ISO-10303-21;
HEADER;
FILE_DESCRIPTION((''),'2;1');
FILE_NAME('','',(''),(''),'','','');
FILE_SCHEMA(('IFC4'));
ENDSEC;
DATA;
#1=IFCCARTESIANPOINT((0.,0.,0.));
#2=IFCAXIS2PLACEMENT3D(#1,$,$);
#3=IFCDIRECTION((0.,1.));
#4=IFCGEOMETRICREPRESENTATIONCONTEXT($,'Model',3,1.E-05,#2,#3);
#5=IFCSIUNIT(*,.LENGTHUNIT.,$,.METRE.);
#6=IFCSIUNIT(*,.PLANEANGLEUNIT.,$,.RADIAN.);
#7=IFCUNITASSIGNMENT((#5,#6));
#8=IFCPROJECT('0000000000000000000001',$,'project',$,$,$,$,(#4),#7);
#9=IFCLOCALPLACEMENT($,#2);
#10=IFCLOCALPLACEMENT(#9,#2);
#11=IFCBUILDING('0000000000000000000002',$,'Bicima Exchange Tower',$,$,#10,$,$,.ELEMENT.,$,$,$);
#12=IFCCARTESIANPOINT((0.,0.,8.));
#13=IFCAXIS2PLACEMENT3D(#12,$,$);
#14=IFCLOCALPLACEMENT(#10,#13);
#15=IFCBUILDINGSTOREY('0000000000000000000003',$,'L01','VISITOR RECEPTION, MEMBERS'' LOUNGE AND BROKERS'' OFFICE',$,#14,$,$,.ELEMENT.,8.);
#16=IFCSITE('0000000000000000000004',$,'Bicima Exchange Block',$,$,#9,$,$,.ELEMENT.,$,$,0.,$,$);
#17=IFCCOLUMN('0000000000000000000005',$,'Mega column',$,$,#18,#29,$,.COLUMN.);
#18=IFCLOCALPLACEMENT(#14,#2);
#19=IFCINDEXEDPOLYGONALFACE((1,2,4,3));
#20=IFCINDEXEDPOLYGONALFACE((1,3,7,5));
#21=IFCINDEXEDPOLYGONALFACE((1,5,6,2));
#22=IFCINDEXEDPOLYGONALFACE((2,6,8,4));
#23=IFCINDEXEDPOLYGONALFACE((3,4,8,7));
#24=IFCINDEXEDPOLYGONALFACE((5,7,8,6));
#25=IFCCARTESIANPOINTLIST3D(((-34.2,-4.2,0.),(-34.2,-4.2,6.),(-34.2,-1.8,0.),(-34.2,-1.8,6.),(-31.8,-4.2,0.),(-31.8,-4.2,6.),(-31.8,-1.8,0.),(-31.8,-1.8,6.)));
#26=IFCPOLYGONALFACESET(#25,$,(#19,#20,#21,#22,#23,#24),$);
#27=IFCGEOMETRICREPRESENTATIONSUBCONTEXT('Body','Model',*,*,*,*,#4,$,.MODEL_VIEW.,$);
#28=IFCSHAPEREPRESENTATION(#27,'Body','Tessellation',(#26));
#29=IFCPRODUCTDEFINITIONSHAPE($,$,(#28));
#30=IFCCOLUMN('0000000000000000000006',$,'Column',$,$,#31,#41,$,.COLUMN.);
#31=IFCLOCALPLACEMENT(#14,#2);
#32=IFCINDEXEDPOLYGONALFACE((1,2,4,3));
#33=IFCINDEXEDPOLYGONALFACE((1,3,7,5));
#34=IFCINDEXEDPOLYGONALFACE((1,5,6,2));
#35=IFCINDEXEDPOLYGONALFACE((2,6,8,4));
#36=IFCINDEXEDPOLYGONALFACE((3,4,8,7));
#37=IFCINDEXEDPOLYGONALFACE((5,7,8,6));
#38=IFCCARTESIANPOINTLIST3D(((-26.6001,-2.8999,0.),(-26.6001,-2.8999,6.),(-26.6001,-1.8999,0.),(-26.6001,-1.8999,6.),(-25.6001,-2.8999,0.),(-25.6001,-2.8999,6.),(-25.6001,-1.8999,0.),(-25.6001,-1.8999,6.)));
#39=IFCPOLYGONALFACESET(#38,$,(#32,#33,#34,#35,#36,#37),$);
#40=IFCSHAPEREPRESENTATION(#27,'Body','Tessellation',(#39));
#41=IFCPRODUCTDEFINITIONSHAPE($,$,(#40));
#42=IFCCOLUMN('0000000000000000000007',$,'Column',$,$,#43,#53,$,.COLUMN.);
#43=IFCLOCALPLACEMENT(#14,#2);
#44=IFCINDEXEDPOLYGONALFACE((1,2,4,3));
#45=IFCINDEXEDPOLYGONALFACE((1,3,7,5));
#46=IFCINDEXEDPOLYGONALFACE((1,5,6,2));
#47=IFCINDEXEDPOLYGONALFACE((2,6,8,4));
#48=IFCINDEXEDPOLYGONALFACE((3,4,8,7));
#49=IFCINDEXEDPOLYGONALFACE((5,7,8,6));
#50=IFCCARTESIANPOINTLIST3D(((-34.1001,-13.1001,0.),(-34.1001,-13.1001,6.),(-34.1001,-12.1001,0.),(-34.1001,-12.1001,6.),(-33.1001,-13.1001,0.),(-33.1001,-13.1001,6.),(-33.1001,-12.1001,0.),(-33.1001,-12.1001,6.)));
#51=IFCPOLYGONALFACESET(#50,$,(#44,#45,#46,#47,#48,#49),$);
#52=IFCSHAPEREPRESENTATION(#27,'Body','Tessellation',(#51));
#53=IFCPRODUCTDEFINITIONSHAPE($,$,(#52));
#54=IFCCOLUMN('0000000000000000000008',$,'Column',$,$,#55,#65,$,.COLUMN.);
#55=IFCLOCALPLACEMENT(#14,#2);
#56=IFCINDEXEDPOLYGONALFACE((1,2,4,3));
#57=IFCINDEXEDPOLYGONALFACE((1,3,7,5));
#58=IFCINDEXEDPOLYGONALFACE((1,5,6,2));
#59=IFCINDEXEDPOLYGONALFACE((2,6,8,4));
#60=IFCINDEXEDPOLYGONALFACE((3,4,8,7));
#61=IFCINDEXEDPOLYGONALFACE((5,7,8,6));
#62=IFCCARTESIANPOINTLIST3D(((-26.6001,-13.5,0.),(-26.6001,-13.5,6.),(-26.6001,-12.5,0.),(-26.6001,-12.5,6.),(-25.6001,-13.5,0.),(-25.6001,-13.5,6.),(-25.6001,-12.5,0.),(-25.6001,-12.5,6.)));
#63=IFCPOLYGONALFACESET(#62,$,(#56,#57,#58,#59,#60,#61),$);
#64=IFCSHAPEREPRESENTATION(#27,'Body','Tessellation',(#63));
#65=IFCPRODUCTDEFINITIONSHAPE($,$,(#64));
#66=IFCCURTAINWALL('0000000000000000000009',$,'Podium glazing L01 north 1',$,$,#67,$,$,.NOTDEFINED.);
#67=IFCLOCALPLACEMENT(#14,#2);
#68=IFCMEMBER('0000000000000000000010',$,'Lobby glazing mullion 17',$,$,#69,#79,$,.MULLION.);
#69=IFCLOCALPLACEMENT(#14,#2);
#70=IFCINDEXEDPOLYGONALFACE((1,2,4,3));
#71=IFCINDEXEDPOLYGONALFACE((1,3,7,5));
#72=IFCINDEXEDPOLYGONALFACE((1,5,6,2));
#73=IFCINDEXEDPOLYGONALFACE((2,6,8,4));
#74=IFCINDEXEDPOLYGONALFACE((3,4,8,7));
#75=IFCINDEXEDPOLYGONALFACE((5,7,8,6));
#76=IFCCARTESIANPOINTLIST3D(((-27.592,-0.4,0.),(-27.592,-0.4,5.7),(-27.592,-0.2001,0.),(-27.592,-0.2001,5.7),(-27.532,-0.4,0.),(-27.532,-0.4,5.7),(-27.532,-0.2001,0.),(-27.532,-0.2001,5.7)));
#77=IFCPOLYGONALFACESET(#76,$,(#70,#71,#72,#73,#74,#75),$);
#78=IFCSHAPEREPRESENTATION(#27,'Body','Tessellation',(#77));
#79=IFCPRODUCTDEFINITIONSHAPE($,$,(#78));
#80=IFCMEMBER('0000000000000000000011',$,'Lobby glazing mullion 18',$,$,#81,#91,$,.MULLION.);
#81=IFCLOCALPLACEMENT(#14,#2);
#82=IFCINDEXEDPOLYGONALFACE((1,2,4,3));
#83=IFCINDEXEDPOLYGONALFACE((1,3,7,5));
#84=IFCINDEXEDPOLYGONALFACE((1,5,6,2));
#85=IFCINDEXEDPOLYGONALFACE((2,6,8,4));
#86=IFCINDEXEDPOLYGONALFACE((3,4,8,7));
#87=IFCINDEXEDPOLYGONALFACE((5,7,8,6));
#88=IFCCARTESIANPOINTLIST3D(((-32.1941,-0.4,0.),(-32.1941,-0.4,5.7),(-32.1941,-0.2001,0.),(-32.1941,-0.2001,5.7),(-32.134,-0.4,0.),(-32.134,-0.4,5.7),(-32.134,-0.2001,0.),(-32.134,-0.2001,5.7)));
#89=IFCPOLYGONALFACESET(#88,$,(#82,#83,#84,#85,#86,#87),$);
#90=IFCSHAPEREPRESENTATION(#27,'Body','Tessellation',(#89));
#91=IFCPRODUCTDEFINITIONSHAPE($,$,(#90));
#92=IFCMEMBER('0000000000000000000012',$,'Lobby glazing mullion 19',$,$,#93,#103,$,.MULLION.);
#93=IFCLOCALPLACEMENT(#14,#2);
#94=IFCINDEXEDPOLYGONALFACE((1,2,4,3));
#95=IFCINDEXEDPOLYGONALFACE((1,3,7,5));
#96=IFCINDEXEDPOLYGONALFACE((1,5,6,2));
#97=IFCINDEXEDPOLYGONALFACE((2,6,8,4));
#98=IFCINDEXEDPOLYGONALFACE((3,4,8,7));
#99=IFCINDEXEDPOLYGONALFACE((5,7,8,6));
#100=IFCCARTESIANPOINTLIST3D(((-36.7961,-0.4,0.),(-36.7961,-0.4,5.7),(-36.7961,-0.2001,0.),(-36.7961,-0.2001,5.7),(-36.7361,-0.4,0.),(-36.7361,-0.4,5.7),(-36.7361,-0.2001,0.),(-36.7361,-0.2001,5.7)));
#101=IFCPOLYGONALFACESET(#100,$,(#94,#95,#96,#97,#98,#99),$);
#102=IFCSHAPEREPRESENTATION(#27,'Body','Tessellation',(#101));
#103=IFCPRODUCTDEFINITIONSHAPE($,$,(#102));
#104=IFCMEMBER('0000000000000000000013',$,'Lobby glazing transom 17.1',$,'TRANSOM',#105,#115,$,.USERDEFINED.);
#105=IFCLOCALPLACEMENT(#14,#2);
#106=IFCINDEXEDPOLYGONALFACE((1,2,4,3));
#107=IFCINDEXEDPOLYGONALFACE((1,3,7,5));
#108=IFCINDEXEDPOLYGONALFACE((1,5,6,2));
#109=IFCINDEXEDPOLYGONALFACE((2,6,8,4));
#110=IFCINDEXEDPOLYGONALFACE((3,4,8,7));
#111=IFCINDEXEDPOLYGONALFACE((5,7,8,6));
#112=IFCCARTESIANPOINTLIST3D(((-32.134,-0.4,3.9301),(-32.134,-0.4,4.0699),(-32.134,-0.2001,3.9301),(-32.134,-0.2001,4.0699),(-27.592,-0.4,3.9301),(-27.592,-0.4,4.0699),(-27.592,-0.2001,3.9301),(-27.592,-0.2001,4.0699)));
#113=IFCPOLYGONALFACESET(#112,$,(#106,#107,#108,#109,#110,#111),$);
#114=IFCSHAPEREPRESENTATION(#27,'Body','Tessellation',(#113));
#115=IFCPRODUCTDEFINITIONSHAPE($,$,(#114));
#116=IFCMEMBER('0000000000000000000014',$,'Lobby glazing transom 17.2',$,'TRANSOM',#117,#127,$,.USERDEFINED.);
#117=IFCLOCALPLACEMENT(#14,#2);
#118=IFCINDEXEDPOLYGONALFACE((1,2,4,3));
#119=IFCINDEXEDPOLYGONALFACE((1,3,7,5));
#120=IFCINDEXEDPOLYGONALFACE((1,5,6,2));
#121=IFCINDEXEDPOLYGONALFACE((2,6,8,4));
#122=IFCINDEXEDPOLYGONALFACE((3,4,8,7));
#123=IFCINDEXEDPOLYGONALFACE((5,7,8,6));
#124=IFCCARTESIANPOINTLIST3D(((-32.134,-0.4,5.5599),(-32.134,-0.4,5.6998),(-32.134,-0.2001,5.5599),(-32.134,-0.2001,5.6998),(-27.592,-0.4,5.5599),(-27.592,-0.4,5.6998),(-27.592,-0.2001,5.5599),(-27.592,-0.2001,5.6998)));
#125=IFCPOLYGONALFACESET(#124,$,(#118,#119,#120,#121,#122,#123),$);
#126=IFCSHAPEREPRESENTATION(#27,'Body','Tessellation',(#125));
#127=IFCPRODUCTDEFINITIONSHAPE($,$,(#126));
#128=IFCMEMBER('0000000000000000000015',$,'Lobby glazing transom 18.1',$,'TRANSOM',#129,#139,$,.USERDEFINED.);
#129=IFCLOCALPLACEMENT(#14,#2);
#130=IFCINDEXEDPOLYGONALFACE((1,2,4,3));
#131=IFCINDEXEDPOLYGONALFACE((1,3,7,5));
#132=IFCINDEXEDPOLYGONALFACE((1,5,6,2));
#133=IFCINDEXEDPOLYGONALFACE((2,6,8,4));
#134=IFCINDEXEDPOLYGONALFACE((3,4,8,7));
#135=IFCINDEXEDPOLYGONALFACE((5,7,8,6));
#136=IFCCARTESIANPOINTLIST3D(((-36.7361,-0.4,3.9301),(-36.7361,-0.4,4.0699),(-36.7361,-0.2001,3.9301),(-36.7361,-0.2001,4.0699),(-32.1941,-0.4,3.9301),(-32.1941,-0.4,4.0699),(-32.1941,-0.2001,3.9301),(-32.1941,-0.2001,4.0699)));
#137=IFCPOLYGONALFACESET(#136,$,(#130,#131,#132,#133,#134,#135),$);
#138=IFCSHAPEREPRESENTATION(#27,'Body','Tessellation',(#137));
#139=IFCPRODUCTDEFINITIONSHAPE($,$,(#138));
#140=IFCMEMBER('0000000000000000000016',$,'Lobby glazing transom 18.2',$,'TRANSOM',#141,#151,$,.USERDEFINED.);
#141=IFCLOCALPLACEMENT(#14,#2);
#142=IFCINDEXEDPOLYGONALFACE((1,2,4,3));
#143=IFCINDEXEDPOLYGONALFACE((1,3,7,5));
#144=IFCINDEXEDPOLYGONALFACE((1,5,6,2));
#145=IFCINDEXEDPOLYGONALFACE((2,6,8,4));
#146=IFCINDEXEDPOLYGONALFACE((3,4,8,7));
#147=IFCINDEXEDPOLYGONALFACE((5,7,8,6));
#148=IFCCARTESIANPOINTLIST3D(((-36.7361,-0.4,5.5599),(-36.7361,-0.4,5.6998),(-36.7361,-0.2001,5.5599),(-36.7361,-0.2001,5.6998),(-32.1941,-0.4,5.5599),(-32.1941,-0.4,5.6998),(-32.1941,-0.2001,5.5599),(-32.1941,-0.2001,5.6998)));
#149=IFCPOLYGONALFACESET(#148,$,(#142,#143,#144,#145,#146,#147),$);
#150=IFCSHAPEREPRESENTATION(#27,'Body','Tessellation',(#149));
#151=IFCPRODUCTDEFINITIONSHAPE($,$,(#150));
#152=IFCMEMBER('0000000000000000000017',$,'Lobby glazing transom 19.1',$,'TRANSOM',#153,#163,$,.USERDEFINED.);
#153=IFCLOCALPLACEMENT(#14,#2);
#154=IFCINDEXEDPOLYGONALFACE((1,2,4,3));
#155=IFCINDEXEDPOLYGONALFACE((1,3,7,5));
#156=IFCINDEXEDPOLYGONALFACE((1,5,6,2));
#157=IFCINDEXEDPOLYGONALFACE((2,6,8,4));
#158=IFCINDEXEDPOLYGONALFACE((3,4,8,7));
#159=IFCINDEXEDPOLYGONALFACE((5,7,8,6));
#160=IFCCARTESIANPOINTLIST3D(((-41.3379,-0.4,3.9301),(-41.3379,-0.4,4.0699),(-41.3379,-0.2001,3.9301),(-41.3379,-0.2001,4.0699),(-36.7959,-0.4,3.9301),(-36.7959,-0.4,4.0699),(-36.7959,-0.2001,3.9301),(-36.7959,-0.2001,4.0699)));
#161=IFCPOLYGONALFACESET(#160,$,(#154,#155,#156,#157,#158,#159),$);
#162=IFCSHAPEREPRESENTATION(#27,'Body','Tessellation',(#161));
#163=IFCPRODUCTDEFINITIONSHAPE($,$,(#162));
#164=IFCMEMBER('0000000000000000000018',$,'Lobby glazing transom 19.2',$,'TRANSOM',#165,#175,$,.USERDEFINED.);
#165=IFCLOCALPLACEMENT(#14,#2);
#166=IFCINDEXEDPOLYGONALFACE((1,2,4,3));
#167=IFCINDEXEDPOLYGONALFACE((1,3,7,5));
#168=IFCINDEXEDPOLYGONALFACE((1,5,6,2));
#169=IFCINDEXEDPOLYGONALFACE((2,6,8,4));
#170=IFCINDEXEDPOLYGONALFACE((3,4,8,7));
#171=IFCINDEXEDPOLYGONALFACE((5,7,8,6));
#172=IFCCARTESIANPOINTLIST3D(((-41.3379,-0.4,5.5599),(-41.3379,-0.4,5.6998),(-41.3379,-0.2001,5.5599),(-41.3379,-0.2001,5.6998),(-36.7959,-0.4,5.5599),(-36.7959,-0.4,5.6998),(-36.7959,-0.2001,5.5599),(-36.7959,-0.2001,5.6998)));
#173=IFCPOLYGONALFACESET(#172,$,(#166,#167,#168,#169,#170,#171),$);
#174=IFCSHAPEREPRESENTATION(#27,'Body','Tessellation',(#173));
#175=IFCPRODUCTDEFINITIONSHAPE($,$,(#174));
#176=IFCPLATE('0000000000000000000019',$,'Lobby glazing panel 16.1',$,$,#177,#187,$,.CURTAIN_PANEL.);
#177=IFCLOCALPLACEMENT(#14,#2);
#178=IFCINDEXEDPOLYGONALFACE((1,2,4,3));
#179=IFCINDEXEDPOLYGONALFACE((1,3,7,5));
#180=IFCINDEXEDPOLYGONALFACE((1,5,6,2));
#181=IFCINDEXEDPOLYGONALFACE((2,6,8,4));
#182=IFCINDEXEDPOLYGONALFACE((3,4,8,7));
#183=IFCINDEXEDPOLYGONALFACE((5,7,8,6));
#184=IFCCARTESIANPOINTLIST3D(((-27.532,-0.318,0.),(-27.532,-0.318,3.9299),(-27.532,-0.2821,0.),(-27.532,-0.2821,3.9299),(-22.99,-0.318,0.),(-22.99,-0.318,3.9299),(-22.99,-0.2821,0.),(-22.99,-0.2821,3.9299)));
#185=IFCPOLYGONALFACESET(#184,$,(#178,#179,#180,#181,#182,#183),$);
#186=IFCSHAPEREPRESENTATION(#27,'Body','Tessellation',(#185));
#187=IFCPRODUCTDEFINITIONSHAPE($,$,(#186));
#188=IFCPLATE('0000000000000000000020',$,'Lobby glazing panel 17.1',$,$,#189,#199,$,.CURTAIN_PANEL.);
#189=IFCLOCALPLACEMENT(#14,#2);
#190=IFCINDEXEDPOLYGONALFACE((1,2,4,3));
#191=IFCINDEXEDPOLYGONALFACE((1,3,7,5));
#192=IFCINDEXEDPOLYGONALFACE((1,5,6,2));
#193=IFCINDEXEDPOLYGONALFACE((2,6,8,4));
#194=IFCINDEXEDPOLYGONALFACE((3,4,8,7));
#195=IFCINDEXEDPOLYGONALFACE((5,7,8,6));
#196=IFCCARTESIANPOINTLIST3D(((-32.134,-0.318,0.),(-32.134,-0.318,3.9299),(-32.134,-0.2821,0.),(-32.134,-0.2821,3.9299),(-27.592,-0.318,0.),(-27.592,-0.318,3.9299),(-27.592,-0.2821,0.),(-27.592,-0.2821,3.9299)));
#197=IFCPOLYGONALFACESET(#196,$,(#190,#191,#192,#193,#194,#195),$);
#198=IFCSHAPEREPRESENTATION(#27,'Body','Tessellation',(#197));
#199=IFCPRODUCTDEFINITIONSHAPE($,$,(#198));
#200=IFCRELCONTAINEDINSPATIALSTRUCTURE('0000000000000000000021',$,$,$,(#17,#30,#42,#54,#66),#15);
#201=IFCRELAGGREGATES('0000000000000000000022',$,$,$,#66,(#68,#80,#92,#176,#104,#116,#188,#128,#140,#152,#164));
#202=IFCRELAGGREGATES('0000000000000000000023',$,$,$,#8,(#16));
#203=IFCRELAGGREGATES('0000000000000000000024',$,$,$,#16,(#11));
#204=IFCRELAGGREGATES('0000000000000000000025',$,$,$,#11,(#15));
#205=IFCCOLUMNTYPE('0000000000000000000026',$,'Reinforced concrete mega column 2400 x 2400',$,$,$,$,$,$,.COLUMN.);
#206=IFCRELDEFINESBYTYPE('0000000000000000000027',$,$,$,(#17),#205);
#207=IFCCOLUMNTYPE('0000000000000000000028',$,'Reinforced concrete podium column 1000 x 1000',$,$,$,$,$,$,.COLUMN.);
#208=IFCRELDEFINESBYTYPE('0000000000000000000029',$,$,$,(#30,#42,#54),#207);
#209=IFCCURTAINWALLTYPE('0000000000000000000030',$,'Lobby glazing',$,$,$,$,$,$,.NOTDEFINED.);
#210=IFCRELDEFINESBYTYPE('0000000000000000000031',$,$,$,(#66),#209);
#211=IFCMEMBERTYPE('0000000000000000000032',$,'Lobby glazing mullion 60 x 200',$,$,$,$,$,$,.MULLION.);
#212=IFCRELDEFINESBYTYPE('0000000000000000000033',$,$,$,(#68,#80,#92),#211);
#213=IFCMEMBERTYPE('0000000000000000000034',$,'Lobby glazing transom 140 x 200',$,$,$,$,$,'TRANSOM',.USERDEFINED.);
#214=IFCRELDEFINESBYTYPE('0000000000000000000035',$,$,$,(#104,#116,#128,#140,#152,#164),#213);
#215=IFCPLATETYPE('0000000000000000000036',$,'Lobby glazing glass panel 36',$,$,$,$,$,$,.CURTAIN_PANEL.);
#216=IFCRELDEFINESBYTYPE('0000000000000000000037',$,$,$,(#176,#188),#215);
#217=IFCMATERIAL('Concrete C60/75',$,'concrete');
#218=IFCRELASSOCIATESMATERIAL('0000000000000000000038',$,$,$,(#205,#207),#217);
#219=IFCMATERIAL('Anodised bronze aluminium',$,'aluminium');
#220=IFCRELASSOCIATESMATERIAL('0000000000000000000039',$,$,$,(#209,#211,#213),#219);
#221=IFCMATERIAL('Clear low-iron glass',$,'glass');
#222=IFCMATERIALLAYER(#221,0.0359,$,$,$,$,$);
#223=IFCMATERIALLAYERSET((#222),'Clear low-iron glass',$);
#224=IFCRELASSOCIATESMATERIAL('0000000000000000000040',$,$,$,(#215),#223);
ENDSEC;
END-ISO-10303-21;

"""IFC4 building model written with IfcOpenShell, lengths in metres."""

from ifc_helpers import new_model, si_unit, direction, frame, origin, origin_2d, place, context, subcontext, project, spatial, rectangle, extrude, material, layer, layer_set, material_profile, profile_set, type_object, element, aggregate, save


model = new_model("IFC4")

# Units and contexts
model_context = context("Model", 3, precision=1e-05, world=origin(), true_north=direction((0.0, 1.0)))
body_context = subcontext(model_context, "Body", "Model", "MODEL_VIEW")
ifc_project = project(units=[si_unit("LENGTHUNIT", "METRE"), si_unit("PLANEANGLEUNIT", "RADIAN")], contexts=[model_context])

# Site, building, storey
site_placement = place(None, origin())
site = spatial("IfcSite", under=ifc_project, at=site_placement, Name="Bicima Exchange Block", CompositionType="ELEMENT", RefElevation=0.0)
building_placement = place(site_placement, origin())
building = spatial("IfcBuilding", under=site, at=building_placement, Name="Bicima Exchange Tower", CompositionType="ELEMENT")
storey_placement = place(building_placement, frame((0.0, 0.0, 8.0)))
storey = spatial("IfcBuildingStorey", under=building, at=storey_placement, Name="L01", Description="VISITOR RECEPTION, MEMBERS' LOUNGE AND BROKERS' OFFICE", CompositionType="ELEMENT", Elevation=8.0)

# Columns
ifc_material_1 = material(Name="Concrete C60/75", Category="concrete")
ifc_material_profile_1 = material_profile(ifc_material_1, rectangle(XDim=2.3999, YDim=2.3999, at=origin_2d()))
ifc_profile_set_1 = profile_set([ifc_material_profile_1], Name="Concrete C60/75")
column_type_1 = type_object("IfcColumnType", Name="Reinforced concrete mega column 2400 x 2400", PredefinedType="COLUMN", material=ifc_profile_set_1)
column_placement = place(storey_placement, frame((-33.0, -3.0, 0.0), z_axis=(0.0, 0.0, 1.0), x_axis=(1.0, 0.0, 0.0)))
element("IfcColumn", 1, at=column_placement, inside=storey, type_object=column_type_1, Name="Mega column", PredefinedType="COLUMN", context=body_context, shape_type="SweptSolid", body=[
    extrude(rectangle(XDim=2.3999, YDim=2.3999, at=origin_2d()), origin(), (0.0, 0.0, 1.0), 6.0),
])
ifc_material_profile_2 = material_profile(ifc_material_1, rectangle(XDim=1.0, YDim=1.0, at=origin_2d()))
ifc_profile_set_2 = profile_set([ifc_material_profile_2], Name="Concrete C60/75")
column_type_2 = type_object("IfcColumnType", Name="Reinforced concrete podium column 1000 x 1000", PredefinedType="COLUMN", material=ifc_profile_set_2)
for number, where, z_axis, x_axis, name in (
    (2, (-26.1001, -2.3999, 0.0), (0.0, 0.0, 1.0), (1.0, 0.0, 0.0), "Column"),
    (3, (-33.6001, -12.6001, 0.0), (0.0, 0.0, 1.0), (1.0, 0.0, 0.0), "Column"),
    (4, (-26.1001, -13.0, 0.0), (0.0, 0.0, 1.0), (1.0, 0.0, 0.0), "Column"),
):
    element("IfcColumn", number, at=place(storey_placement, frame(where, z_axis=z_axis, x_axis=x_axis)), inside=storey, type_object=column_type_2, Name=name, PredefinedType="COLUMN", context=body_context, shape_type="SweptSolid", body=[
        extrude(rectangle(XDim=1.0, YDim=1.0, at=origin_2d()), origin(), (0.0, 0.0, 1.0), 6.0),
    ])

# Curtain wall, members, plates
ifc_material_2 = material(Name="Anodised bronze aluminium", Category="aluminium")
curtain_wall_type = type_object("IfcCurtainWallType", Name="Lobby glazing", PredefinedType="NOTDEFINED", material=ifc_material_2)
curtain_wall_placement = place(storey_placement, origin())
curtain_wall = element("IfcCurtainWall", 5, at=curtain_wall_placement, inside=storey, type_object=curtain_wall_type, Name="Podium glazing L01 north 1", PredefinedType="NOTDEFINED")
ifc_material_profile_3 = material_profile(ifc_material_2, rectangle(XDim=0.2, YDim=0.0601, at=origin_2d()))
ifc_profile_set_3 = profile_set([ifc_material_profile_3], Name="Anodised bronze aluminium")
member_type_1 = type_object("IfcMemberType", Name="Lobby glazing mullion 60 x 200", PredefinedType="MULLION", material=ifc_profile_set_3)
member_1_placement = place(storey_placement, frame((-27.562, -0.3, 0.0), z_axis=(0.0, 0.0, 1.0), x_axis=(0.0, -1.0, 0.0)))
member_1 = element("IfcMember", 6, at=member_1_placement, type_object=member_type_1, Name="Lobby glazing mullion 17", PredefinedType="MULLION", context=body_context, shape_type="SweptSolid", body=[
    extrude(rectangle(XDim=0.2, YDim=0.0601, at=origin_2d()), origin(), (0.0, 0.0, 1.0), 5.7),
])
member_2_placement = place(storey_placement, frame((-32.1641, -0.3, 0.0), z_axis=(0.0, 0.0, 1.0), x_axis=(0.0, -1.0, 0.0)))
member_2 = element("IfcMember", 7, at=member_2_placement, type_object=member_type_1, Name="Lobby glazing mullion 18", PredefinedType="MULLION", context=body_context, shape_type="SweptSolid", body=[
    extrude(rectangle(XDim=0.2, YDim=0.0601, at=origin_2d()), origin(), (0.0, 0.0, 1.0), 5.7),
])
member_3_placement = place(storey_placement, frame((-36.7661, -0.3, 0.0), z_axis=(0.0, 0.0, 1.0), x_axis=(0.0, -1.0, 0.0)))
member_3 = element("IfcMember", 8, at=member_3_placement, type_object=member_type_1, Name="Lobby glazing mullion 19", PredefinedType="MULLION", context=body_context, shape_type="SweptSolid", body=[
    extrude(rectangle(XDim=0.2, YDim=0.0601, at=origin_2d()), origin(), (0.0, 0.0, 1.0), 5.7),
])
ifc_material_profile_4 = material_profile(ifc_material_2, rectangle(XDim=0.2, YDim=0.1399, at=origin_2d()))
ifc_profile_set_4 = profile_set([ifc_material_profile_4], Name="Anodised bronze aluminium")
member_type_2 = type_object("IfcMemberType", Name="Lobby glazing transom 140 x 200", ElementType="TRANSOM", PredefinedType="USERDEFINED", material=ifc_profile_set_4)
member_4_placement = place(storey_placement, frame((-27.592, -0.3, 4.0), z_axis=(-1.0, 0.0, 0.0), x_axis=(0.0, -1.0, 0.0)))
member_4 = element("IfcMember", 9, at=member_4_placement, type_object=member_type_2, Name="Lobby glazing transom 17.1", ObjectType="TRANSOM", PredefinedType="USERDEFINED", context=body_context, shape_type="SweptSolid", body=[
    extrude(rectangle(XDim=0.2, YDim=0.1399, at=origin_2d()), origin(), (0.0, 0.0, 1.0), 4.542),
])
member_5_placement = place(storey_placement, frame((-27.592, -0.3, 5.6299), z_axis=(-1.0, 0.0, 0.0), x_axis=(0.0, -1.0, 0.0)))
member_5 = element("IfcMember", 10, at=member_5_placement, type_object=member_type_2, Name="Lobby glazing transom 17.2", ObjectType="TRANSOM", PredefinedType="USERDEFINED", context=body_context, shape_type="SweptSolid", body=[
    extrude(rectangle(XDim=0.2, YDim=0.1399, at=origin_2d()), origin(), (0.0, 0.0, 1.0), 4.542),
])
member_6_placement = place(storey_placement, frame((-32.1941, -0.3, 4.0), z_axis=(-1.0, 0.0, 0.0), x_axis=(0.0, -1.0, 0.0)))
member_6 = element("IfcMember", 11, at=member_6_placement, type_object=member_type_2, Name="Lobby glazing transom 18.1", ObjectType="TRANSOM", PredefinedType="USERDEFINED", context=body_context, shape_type="SweptSolid", body=[
    extrude(rectangle(XDim=0.2, YDim=0.1399, at=origin_2d()), origin(), (0.0, 0.0, 1.0), 4.542),
])
member_7_placement = place(storey_placement, frame((-32.1941, -0.3, 5.6299), z_axis=(-1.0, 0.0, 0.0), x_axis=(0.0, -1.0, 0.0)))
member_7 = element("IfcMember", 12, at=member_7_placement, type_object=member_type_2, Name="Lobby glazing transom 18.2", ObjectType="TRANSOM", PredefinedType="USERDEFINED", context=body_context, shape_type="SweptSolid", body=[
    extrude(rectangle(XDim=0.2, YDim=0.1399, at=origin_2d()), origin(), (0.0, 0.0, 1.0), 4.542),
])
member_8_placement = place(storey_placement, frame((-36.7959, -0.3, 4.0), z_axis=(-1.0, 0.0, 0.0), x_axis=(0.0, -1.0, 0.0)))
member_8 = element("IfcMember", 13, at=member_8_placement, type_object=member_type_2, Name="Lobby glazing transom 19.1", ObjectType="TRANSOM", PredefinedType="USERDEFINED", context=body_context, shape_type="SweptSolid", body=[
    extrude(rectangle(XDim=0.2, YDim=0.1399, at=origin_2d()), origin(), (0.0, 0.0, 1.0), 4.542),
])
member_9_placement = place(storey_placement, frame((-36.7959, -0.3, 5.6299), z_axis=(-1.0, 0.0, 0.0), x_axis=(0.0, -1.0, 0.0)))
member_9 = element("IfcMember", 14, at=member_9_placement, type_object=member_type_2, Name="Lobby glazing transom 19.2", ObjectType="TRANSOM", PredefinedType="USERDEFINED", context=body_context, shape_type="SweptSolid", body=[
    extrude(rectangle(XDim=0.2, YDim=0.1399, at=origin_2d()), origin(), (0.0, 0.0, 1.0), 4.542),
])
ifc_material_3 = material(Name="Clear low-iron glass", Category="glass")
ifc_layer_1 = layer(ifc_material_3, 0.0359)
ifc_layer_set_1 = layer_set([ifc_layer_1], Name="Clear low-iron glass")
plate_type = type_object("IfcPlateType", Name="Lobby glazing glass panel 36", PredefinedType="CURTAIN_PANEL", material=ifc_layer_set_1)
plate_1_placement = place(storey_placement, frame((-25.261, -0.3, 0.0), z_axis=(0.0, 0.0, 1.0), x_axis=(-1.0, 0.0, 0.0)))
plate_1 = element("IfcPlate", 15, at=plate_1_placement, type_object=plate_type, Name="Lobby glazing panel 16.1", PredefinedType="CURTAIN_PANEL", context=body_context, shape_type="SweptSolid", body=[
    extrude(rectangle(XDim=4.542, YDim=0.0359, at=origin_2d()), origin(), (0.0, 0.0, 1.0), 3.9299),
])
plate_2_placement = place(storey_placement, frame((-29.863, -0.3, 0.0), z_axis=(0.0, 0.0, 1.0), x_axis=(-1.0, 0.0, 0.0)))
plate_2 = element("IfcPlate", 16, at=plate_2_placement, type_object=plate_type, Name="Lobby glazing panel 17.1", PredefinedType="CURTAIN_PANEL", context=body_context, shape_type="SweptSolid", body=[
    extrude(rectangle(XDim=4.542, YDim=0.0359, at=origin_2d()), origin(), (0.0, 0.0, 1.0), 3.9299),
])
aggregate(curtain_wall, [member_1, member_2, member_3, plate_1, member_4, member_5, plate_2, member_6, member_7, member_8, member_9])

save(model, "model.ifc")
